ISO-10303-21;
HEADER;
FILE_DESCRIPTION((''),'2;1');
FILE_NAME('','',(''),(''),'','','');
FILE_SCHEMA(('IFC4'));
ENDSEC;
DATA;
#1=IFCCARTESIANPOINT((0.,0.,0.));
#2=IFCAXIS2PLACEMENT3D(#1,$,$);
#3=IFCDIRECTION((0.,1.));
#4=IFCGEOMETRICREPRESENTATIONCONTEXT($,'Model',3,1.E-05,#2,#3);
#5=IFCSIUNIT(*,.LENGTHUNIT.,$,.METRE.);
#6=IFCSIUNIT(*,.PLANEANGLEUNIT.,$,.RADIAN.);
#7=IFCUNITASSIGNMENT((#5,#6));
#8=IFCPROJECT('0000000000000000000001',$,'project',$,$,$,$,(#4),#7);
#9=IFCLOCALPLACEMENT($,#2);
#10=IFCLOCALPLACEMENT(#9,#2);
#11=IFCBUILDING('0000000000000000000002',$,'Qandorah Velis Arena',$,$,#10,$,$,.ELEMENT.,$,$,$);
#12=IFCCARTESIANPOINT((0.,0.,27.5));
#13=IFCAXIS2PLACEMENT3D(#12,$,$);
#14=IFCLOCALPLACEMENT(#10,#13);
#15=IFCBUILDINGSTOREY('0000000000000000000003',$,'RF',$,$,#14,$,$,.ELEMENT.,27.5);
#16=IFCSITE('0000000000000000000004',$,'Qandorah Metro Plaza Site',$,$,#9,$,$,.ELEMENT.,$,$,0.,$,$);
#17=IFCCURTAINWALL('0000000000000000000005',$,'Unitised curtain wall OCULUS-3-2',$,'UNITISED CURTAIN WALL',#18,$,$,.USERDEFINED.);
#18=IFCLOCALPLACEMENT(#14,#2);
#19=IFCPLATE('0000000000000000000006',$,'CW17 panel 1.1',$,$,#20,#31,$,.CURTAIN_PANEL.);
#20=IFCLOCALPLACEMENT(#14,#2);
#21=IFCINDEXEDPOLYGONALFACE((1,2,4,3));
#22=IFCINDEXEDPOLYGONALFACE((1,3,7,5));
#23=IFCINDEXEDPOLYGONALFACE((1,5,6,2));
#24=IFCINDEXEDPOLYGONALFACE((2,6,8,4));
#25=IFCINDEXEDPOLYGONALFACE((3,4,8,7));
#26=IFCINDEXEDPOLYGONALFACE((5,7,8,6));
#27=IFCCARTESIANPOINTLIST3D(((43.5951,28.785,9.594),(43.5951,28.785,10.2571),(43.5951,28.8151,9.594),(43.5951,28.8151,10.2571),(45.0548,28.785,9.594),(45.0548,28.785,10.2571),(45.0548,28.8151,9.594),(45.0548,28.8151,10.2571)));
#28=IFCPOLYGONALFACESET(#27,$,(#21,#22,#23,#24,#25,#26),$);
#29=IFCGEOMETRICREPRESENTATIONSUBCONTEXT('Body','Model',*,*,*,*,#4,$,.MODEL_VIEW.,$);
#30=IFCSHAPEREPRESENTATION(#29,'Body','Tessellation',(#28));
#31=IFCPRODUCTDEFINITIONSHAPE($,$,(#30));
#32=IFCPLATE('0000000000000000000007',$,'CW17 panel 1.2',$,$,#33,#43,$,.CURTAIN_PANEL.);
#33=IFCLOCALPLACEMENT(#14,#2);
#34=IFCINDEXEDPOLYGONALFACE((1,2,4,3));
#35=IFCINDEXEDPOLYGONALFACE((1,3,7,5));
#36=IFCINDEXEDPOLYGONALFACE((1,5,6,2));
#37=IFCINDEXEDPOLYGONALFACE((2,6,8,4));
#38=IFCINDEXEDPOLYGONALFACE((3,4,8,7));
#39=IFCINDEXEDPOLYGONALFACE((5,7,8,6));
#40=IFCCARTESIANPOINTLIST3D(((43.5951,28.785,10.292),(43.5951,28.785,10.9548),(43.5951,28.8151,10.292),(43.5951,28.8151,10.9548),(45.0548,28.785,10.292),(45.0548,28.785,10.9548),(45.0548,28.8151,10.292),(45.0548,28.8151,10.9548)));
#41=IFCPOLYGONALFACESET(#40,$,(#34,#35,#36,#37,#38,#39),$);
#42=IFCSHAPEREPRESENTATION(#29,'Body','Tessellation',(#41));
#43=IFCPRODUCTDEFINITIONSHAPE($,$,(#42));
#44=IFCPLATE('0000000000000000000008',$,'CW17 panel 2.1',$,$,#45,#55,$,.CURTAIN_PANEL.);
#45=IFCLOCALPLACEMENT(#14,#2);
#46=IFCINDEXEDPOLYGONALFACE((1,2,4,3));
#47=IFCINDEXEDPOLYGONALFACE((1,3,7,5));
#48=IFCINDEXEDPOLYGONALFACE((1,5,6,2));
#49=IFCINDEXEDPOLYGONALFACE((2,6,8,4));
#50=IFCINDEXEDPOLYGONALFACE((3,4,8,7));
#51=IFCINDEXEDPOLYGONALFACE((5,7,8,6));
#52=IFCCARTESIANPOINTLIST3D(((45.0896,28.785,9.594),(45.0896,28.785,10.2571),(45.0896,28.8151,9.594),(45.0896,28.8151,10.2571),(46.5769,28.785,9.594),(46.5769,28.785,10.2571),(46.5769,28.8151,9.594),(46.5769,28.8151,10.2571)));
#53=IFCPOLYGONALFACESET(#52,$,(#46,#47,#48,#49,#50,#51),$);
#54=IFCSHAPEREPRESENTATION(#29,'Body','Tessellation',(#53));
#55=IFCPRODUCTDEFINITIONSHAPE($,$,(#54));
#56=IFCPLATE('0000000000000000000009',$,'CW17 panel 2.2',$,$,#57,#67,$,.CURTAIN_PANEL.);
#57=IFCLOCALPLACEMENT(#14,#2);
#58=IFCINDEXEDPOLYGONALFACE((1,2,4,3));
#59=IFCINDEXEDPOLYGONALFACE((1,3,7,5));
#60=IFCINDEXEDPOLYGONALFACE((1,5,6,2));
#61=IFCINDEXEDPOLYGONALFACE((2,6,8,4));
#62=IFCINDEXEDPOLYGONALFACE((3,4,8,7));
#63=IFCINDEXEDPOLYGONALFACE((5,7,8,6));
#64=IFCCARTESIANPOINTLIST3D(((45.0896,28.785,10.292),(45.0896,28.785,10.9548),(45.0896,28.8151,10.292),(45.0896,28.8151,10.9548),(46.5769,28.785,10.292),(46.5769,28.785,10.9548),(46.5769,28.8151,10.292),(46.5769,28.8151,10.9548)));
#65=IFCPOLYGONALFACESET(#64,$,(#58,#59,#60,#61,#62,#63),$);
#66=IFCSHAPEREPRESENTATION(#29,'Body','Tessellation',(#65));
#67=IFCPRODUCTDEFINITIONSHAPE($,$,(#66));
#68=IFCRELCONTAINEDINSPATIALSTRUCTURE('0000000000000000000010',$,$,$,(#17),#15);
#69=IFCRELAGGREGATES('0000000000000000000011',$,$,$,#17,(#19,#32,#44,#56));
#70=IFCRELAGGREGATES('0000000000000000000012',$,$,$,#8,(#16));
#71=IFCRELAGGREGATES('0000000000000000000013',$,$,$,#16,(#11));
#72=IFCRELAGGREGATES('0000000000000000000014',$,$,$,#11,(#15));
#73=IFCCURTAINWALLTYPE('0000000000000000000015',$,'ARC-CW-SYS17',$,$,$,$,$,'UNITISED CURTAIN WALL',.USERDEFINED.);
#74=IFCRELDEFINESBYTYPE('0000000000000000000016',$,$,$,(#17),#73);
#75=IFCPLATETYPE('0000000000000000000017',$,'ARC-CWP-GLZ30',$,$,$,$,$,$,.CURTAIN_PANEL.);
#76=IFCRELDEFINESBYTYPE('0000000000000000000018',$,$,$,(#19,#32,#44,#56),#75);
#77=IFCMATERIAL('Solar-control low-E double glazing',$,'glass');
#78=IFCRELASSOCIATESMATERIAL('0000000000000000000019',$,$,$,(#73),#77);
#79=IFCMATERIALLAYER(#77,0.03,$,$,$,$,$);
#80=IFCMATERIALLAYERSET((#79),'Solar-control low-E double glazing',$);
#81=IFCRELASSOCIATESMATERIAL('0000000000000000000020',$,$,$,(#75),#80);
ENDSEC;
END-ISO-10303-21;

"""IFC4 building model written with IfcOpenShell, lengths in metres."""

from ifc_helpers import new_model, si_unit, direction, frame, origin, origin_2d, place, context, subcontext, project, spatial, rectangle, extrude, material, layer, layer_set, type_object, element, aggregate, save


model = new_model("IFC4")

# Units and contexts
model_context = context("Model", 3, precision=1e-05, world=origin(), true_north=direction((0.0, 1.0)))
body_context = subcontext(model_context, "Body", "Model", "MODEL_VIEW")
ifc_project = project(units=[si_unit("LENGTHUNIT", "METRE"), si_unit("PLANEANGLEUNIT", "RADIAN")], contexts=[model_context])

# Site, building, storey
site_placement = place(None, origin())
site = spatial("IfcSite", under=ifc_project, at=site_placement, Name="Qandorah Metro Plaza Site", CompositionType="ELEMENT", RefElevation=0.0)
building_placement = place(site_placement, origin())
building = spatial("IfcBuilding", under=site, at=building_placement, Name="Qandorah Velis Arena", CompositionType="ELEMENT")
storey_placement = place(building_placement, frame((0.0, 0.0, 27.5)))
storey = spatial("IfcBuildingStorey", under=building, at=storey_placement, Name="RF", CompositionType="ELEMENT", Elevation=27.5)

# Curtain wall
ifc_material_1 = material(Name="Solar-control low-E double glazing", Category="glass")
curtain_wall_type_1 = type_object("IfcCurtainWallType", Name="ARC-CW-SYS17", ElementType="UNITISED CURTAIN WALL", PredefinedType="USERDEFINED", material=ifc_material_1)
curtain_wall_1_placement = place(storey_placement, origin())
curtain_wall_1 = element("IfcCurtainWall", 1, at=curtain_wall_1_placement, inside=storey, type_object=curtain_wall_type_1, Name="Unitised curtain wall OCULUS-3-2", ObjectType="UNITISED CURTAIN WALL", PredefinedType="USERDEFINED")

# Plates
ifc_layer = layer(ifc_material_1, 0.03)
ifc_layer_set = layer_set([ifc_layer], Name="Solar-control low-E double glazing")
plate_type = type_object("IfcPlateType", Name="ARC-CWP-GLZ30", PredefinedType="CURTAIN_PANEL", material=ifc_layer_set)
plate_1_placement = place(storey_placement, frame((44.325, 28.8, 9.594), z_axis=(0.0, 0.0, 1.0), x_axis=(1.0, 0.0, 0.0)))
plate_1 = element("IfcPlate", 2, at=plate_1_placement, type_object=plate_type, Name="CW17 panel 1.1", PredefinedType="CURTAIN_PANEL", context=body_context, shape_type="SweptSolid", body=[
    extrude(rectangle(XDim=1.4597, YDim=0.03, at=origin_2d()), origin(), (0.0, 0.0, 1.0), 0.6631),
])
plate_2_placement = place(storey_placement, frame((44.325, 28.8, 10.292), z_axis=(0.0, 0.0, 1.0), x_axis=(1.0, 0.0, 0.0)))
plate_2 = element("IfcPlate", 3, at=plate_2_placement, type_object=plate_type, Name="CW17 panel 1.2", PredefinedType="CURTAIN_PANEL", context=body_context, shape_type="SweptSolid", body=[
    extrude(rectangle(XDim=1.4597, YDim=0.03, at=origin_2d()), origin(), (0.0, 0.0, 1.0), 0.6628),
])
plate_3_placement = place(storey_placement, frame((45.8333, 28.8, 9.594), z_axis=(0.0, 0.0, 1.0), x_axis=(1.0, 0.0, 0.0)))
plate_3 = element("IfcPlate", 4, at=plate_3_placement, type_object=plate_type, Name="CW17 panel 2.1", PredefinedType="CURTAIN_PANEL", context=body_context, shape_type="SweptSolid", body=[
    extrude(rectangle(XDim=1.4873, YDim=0.03, at=origin_2d()), origin(), (0.0, 0.0, 1.0), 0.6631),
])
plate_4_placement = place(storey_placement, frame((45.8333, 28.8, 10.292), z_axis=(0.0, 0.0, 1.0), x_axis=(1.0, 0.0, 0.0)))
plate_4 = element("IfcPlate", 5, at=plate_4_placement, type_object=plate_type, Name="CW17 panel 2.2", PredefinedType="CURTAIN_PANEL", context=body_context, shape_type="SweptSolid", body=[
    extrude(rectangle(XDim=1.4873, YDim=0.03, at=origin_2d()), origin(), (0.0, 0.0, 1.0), 0.6628),
])
aggregate(curtain_wall_1, [plate_1, plate_2, plate_3, plate_4])

save(model, "model.ifc")
